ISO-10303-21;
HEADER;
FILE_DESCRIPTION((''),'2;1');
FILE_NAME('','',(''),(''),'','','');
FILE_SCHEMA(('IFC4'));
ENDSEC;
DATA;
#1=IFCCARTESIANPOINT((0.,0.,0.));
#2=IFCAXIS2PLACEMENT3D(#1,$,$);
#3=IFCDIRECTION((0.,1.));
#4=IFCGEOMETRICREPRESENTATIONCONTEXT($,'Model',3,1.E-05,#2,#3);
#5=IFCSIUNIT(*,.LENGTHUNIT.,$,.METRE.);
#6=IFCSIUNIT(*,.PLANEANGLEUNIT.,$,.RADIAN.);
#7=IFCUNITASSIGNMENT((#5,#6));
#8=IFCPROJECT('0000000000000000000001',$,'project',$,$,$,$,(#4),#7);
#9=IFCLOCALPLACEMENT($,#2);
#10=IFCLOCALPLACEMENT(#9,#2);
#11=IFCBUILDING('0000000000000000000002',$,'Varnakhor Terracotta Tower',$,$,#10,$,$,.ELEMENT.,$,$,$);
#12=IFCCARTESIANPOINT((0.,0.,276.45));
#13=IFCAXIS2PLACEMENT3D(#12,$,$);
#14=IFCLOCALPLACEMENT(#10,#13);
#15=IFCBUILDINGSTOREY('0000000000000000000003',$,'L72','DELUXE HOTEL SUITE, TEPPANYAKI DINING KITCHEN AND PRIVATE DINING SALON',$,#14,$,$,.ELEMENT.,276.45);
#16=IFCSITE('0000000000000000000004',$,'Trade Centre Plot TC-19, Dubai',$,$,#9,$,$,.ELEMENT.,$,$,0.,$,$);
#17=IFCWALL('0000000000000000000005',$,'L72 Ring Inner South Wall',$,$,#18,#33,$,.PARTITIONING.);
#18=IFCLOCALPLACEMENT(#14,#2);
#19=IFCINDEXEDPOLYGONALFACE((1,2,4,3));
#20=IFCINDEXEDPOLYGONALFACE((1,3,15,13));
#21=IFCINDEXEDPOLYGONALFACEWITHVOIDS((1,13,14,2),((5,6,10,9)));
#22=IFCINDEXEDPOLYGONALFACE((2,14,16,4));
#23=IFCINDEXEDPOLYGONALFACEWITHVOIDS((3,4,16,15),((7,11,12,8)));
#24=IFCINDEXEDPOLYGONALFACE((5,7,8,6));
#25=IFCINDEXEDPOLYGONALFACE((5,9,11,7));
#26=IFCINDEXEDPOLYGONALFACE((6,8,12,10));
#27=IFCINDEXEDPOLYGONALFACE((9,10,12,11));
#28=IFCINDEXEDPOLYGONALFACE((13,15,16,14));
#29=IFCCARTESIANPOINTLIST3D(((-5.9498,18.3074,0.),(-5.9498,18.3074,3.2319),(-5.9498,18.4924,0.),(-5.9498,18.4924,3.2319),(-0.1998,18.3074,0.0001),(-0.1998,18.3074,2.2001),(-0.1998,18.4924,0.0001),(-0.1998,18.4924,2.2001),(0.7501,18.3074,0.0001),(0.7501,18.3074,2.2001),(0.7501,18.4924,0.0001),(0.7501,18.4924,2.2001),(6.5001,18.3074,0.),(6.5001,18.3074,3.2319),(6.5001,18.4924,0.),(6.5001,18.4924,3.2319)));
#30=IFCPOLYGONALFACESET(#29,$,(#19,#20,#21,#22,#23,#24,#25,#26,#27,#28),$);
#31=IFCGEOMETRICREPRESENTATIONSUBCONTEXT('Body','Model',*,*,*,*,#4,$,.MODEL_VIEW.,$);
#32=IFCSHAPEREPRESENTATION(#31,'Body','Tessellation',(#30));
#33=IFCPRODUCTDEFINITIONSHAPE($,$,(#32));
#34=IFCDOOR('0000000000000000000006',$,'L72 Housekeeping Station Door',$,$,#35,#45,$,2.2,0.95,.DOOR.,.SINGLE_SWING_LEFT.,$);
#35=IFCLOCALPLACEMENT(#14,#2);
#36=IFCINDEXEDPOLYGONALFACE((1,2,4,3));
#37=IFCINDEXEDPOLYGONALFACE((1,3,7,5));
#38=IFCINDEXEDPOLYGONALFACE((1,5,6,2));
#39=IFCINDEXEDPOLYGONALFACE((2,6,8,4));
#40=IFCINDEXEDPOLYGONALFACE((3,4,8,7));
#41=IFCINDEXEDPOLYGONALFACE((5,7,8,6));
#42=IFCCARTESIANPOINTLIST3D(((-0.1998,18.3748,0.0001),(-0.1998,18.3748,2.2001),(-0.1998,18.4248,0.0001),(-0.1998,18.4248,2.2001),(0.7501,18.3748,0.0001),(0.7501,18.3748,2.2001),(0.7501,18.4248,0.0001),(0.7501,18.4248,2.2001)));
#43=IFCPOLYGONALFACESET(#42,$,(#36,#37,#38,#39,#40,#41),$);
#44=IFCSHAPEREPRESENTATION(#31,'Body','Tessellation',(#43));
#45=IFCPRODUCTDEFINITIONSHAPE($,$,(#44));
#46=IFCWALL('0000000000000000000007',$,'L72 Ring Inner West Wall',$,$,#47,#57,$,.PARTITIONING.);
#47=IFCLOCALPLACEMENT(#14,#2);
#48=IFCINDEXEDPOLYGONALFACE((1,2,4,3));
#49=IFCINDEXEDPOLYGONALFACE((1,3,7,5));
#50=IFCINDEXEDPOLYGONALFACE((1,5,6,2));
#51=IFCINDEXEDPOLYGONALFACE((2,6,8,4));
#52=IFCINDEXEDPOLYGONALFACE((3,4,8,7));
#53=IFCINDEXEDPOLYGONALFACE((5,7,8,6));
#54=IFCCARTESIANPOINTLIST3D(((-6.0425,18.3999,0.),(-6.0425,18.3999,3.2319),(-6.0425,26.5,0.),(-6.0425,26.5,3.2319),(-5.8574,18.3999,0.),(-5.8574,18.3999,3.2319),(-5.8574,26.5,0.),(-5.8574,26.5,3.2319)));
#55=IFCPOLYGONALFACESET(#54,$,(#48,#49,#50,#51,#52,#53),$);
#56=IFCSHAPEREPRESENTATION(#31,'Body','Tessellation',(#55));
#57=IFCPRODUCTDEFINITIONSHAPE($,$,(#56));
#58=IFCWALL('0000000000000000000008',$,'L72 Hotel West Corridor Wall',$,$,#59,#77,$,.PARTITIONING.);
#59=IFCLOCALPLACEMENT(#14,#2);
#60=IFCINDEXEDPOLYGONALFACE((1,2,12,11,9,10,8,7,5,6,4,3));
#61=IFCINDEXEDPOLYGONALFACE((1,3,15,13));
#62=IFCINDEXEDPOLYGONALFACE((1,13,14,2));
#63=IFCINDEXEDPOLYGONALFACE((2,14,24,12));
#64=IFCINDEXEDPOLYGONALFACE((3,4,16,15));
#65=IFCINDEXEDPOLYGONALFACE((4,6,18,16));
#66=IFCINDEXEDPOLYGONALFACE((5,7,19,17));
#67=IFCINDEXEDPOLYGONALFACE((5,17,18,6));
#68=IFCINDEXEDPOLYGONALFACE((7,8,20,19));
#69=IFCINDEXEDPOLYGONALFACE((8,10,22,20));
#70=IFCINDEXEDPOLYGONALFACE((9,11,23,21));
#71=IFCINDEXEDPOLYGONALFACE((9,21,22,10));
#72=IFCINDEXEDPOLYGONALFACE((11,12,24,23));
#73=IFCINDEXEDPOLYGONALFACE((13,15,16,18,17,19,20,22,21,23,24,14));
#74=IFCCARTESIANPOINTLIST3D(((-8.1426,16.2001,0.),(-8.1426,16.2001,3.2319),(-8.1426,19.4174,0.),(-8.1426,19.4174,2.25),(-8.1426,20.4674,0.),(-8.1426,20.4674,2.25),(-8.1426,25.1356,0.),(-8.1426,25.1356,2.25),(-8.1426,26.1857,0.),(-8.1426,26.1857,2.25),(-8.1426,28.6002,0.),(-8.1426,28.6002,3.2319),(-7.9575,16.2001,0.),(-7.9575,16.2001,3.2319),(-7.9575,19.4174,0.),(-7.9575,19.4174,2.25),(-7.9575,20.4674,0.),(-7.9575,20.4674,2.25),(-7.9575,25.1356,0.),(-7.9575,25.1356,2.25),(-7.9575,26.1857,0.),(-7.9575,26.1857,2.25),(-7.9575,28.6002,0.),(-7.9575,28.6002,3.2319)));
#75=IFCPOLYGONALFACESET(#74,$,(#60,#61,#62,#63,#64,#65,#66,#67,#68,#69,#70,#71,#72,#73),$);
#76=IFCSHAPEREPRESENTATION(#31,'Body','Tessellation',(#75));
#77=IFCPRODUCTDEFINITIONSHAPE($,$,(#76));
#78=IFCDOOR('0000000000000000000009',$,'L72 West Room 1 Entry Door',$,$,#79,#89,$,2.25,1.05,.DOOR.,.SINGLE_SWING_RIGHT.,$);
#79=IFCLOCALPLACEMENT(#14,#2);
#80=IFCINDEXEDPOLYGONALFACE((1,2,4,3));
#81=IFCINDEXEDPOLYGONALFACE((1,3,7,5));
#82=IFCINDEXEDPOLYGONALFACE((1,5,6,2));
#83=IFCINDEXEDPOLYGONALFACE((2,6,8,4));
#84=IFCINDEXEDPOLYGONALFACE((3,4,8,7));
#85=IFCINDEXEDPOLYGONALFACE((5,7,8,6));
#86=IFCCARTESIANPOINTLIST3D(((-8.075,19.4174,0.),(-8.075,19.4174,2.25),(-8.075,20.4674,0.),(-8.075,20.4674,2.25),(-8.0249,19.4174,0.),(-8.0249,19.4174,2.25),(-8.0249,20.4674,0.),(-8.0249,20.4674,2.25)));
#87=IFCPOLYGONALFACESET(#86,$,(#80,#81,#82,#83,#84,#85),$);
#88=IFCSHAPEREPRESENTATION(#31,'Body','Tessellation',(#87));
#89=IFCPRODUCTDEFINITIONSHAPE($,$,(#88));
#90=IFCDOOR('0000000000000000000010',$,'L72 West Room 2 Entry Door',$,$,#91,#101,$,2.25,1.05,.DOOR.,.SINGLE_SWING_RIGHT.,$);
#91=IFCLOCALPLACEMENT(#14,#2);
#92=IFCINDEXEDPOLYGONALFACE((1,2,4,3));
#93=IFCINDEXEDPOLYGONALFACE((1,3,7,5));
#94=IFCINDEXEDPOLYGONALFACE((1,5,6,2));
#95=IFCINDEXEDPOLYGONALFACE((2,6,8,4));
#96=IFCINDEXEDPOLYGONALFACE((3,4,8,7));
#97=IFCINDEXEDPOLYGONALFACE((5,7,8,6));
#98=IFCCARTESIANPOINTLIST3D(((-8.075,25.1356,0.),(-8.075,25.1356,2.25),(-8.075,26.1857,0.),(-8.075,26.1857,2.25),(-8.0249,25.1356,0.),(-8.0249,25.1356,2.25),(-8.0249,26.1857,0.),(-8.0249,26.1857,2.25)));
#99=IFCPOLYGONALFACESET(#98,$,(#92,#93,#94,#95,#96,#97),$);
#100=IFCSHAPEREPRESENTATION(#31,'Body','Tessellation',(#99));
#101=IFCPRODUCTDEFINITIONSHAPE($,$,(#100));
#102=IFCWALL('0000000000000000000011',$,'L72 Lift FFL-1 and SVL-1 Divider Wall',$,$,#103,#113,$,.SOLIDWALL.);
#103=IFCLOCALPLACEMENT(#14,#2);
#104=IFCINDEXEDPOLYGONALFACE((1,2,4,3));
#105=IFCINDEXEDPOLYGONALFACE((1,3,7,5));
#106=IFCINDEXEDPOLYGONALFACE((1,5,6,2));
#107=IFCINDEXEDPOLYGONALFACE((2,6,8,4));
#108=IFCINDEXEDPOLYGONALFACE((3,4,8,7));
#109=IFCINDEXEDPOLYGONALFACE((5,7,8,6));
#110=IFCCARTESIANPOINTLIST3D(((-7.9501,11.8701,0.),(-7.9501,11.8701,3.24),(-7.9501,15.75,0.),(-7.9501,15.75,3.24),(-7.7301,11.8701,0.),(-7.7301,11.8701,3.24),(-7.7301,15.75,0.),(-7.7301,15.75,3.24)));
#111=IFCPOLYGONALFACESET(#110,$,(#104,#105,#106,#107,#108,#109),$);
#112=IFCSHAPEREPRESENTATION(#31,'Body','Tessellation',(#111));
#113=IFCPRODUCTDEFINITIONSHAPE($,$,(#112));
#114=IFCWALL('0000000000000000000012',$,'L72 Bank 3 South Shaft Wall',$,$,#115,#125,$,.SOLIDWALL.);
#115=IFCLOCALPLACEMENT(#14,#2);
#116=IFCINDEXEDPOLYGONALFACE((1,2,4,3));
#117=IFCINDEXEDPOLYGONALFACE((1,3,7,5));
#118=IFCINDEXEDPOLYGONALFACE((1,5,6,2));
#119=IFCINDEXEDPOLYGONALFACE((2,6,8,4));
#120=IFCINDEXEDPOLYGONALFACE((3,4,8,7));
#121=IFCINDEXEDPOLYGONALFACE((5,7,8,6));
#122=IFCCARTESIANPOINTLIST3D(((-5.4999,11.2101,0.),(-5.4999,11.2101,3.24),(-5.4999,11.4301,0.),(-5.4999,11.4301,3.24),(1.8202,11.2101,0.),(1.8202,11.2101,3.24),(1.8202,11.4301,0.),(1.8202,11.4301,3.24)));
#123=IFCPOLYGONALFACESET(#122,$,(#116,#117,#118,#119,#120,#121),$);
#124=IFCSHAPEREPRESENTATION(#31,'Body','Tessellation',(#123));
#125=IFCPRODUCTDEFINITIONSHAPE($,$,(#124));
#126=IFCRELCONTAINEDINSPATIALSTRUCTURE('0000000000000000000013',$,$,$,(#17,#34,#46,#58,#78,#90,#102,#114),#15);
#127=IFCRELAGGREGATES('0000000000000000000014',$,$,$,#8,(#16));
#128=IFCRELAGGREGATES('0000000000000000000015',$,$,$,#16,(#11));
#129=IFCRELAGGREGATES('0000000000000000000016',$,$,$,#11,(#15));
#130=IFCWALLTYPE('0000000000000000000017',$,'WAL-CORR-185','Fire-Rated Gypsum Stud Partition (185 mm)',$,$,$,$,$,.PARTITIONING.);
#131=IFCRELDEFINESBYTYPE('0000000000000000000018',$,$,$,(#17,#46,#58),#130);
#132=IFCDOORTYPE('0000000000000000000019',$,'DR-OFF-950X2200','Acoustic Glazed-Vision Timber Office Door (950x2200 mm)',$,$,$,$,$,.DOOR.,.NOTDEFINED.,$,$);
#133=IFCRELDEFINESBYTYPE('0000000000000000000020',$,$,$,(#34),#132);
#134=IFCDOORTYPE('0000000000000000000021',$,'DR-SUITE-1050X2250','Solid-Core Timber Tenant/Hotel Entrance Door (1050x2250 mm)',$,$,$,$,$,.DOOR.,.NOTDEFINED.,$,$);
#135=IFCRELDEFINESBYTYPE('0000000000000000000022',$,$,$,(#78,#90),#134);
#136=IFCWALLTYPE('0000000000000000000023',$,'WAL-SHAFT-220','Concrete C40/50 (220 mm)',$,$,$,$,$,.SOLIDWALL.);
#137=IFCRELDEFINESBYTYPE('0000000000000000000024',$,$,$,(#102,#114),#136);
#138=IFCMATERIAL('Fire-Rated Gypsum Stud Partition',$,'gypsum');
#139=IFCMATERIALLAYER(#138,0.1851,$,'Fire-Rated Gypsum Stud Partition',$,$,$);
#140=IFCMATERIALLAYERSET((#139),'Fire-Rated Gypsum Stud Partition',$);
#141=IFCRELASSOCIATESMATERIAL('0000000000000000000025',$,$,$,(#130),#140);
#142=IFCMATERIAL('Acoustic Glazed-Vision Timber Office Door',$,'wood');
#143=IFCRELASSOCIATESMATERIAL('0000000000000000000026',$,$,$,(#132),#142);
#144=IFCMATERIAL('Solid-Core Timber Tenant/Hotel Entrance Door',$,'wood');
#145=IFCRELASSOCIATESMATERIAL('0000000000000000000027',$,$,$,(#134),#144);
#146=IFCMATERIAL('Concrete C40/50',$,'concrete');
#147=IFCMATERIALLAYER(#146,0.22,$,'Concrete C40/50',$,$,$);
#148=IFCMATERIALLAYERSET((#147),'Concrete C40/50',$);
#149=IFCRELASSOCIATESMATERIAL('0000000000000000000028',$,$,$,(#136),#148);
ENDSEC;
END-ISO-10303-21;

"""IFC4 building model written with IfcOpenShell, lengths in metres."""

from ifc_helpers import new_model, si_unit, direction, frame, frame_2d, origin, place, context, subcontext, project, spatial, rectangle, extrude, source, transform, mapped, material, layer, layer_set, type_object, type_shapes, element, fill, save


model = new_model("IFC4")

# Units and contexts
model_context = context("Model", 3, precision=1e-05, world=origin(), true_north=direction((0.0, 1.0)))
body_context = subcontext(model_context, "Body", "Model", "MODEL_VIEW")
ifc_project = project(units=[si_unit("LENGTHUNIT", "METRE"), si_unit("PLANEANGLEUNIT", "RADIAN")], contexts=[model_context])

# Site, building, storey
site_placement = place(None, origin())
site = spatial("IfcSite", under=ifc_project, at=site_placement, Name="Trade Centre Plot TC-19, Dubai", CompositionType="ELEMENT", RefElevation=0.0)
building_placement = place(site_placement, origin())
building = spatial("IfcBuilding", under=site, at=building_placement, Name="Varnakhor Terracotta Tower", CompositionType="ELEMENT")
storey_placement = place(building_placement, frame((0.0, 0.0, 276.45)))
storey = spatial("IfcBuildingStorey", under=building, at=storey_placement, Name="L72", Description="DELUXE HOTEL SUITE, TEPPANYAKI DINING KITCHEN AND PRIVATE DINING SALON", CompositionType="ELEMENT", Elevation=276.45)

# Wall, opening, door
ifc_material_1 = material(Name="Fire-Rated Gypsum Stud Partition", Category="gypsum")
ifc_layer_1 = layer(ifc_material_1, 0.1851, Name="Fire-Rated Gypsum Stud Partition")
ifc_layer_set_1 = layer_set([ifc_layer_1], Name="Fire-Rated Gypsum Stud Partition")
wall_type_1 = type_object("IfcWallType", Name="WAL-CORR-185", Description="Fire-Rated Gypsum Stud Partition (185 mm)", PredefinedType="PARTITIONING", material=ifc_layer_set_1)
wall_1_placement = place(storey_placement, frame((-5.95, 18.3999, 0.0), z_axis=(0.0, 0.0, 1.0), x_axis=(1.0, 0.0, 0.0)))
wall_1 = element("IfcWall", 1, at=wall_1_placement, inside=storey, type_object=wall_type_1, Name="L72 Ring Inner South Wall", PredefinedType="PARTITIONING", context=body_context, shape_type="SweptSolid", body=[
    extrude(rectangle(XDim=12.45, YDim=0.1851, at=frame_2d((6.2251, 0.0))), origin(), (0.0, 0.0, 1.0), 3.2319),
])
opening_1_placement = place(wall_1_placement, frame((5.75, 0.0, 0.0)))
opening_1 = element("IfcOpeningElement", 2, at=opening_1_placement, cuts=wall_1, PredefinedType="OPENING", context=body_context, shape_type="SweptSolid", body=[
    extrude(rectangle(XDim=0.95, YDim=2.2, at=frame_2d((0.4751, 1.1001))), frame((0.0, 0.1025, 0.0), z_axis=(0.0, -1.0, 0.0), x_axis=(1.0, 0.0, 0.0)), (0.0, 0.0, 1.0), 0.2051),
])
ifc_material_2 = material(Name="Acoustic Glazed-Vision Timber Office Door", Category="wood")
door_type_1 = type_object("IfcDoorType", Name="DR-OFF-950X2200", Description="Acoustic Glazed-Vision Timber Office Door (950x2200 mm)", OperationType="NOTDEFINED", PredefinedType="DOOR", material=ifc_material_2)
shared_shape_1 = source(origin(), body_context, "Body", "SweptSolid", [
    extrude(rectangle(XDim=0.95, YDim=2.2, at=frame_2d((0.4751, 1.1001))), frame((0.0, 0.0249, 0.0), z_axis=(0.0, -1.0, 0.0), x_axis=(1.0, 0.0, 0.0)), (0.0, 0.0, 1.0), 0.05),
])
type_shapes(door_type_1, [shared_shape_1])
door_1_placement = place(opening_1_placement, origin())
door_1 = element("IfcDoor", 3, at=door_1_placement, inside=storey, type_object=door_type_1, Name="L72 Housekeeping Station Door", OperationType="SINGLE_SWING_LEFT", OverallHeight=2.2, OverallWidth=0.95, PredefinedType="DOOR", context=body_context, shape_type="MappedRepresentation", body=[
    mapped(shared_shape_1, transform((0.0, 0.0, 0.0), scale=1.0)),
])
fill(opening_1, door_1)

# Wall
wall_2_placement = place(storey_placement, frame((-5.95, 18.3999, 0.0), z_axis=(0.0, 0.0, 1.0), x_axis=(0.0, 1.0, 0.0)))
element("IfcWall", 4, at=wall_2_placement, inside=storey, type_object=wall_type_1, Name="L72 Ring Inner West Wall", PredefinedType="PARTITIONING", context=body_context, shape_type="SweptSolid", body=[
    extrude(rectangle(XDim=8.1001, YDim=0.1851, at=frame_2d((4.05, 0.0))), origin(), (0.0, 0.0, 1.0), 3.2319),
])

# Wall, openings, doors
wall_3_placement = place(storey_placement, frame((-8.05, 16.2, 0.0), z_axis=(0.0, 0.0, 1.0), x_axis=(0.0, 1.0, 0.0)))
wall_3 = element("IfcWall", 5, at=wall_3_placement, inside=storey, type_object=wall_type_1, Name="L72 Hotel West Corridor Wall", PredefinedType="PARTITIONING", context=body_context, shape_type="SweptSolid", body=[
    extrude(rectangle(XDim=12.4001, YDim=0.1851, at=frame_2d((6.2002, 0.0))), origin(), (0.0, 0.0, 1.0), 3.2319),
])
opening_2_placement = place(wall_3_placement, frame((3.2175, 0.0, 0.0)))
opening_2 = element("IfcOpeningElement", 6, at=opening_2_placement, cuts=wall_3, PredefinedType="OPENING", context=body_context, shape_type="SweptSolid", body=[
    extrude(rectangle(XDim=1.05, YDim=2.25, at=frame_2d((0.5249, 1.125))), frame((0.0, 0.1025, 0.0), z_axis=(0.0, -1.0, 0.0), x_axis=(1.0, 0.0, 0.0)), (0.0, 0.0, 1.0), 0.2051),
])
opening_3_placement = place(wall_3_placement, frame((8.9358, 0.0, 0.0)))
opening_3 = element("IfcOpeningElement", 7, at=opening_3_placement, cuts=wall_3, PredefinedType="OPENING", context=body_context, shape_type="SweptSolid", body=[
    extrude(rectangle(XDim=1.05, YDim=2.25, at=frame_2d((0.5249, 1.125))), frame((0.0, 0.1025, 0.0), z_axis=(0.0, -1.0, 0.0), x_axis=(1.0, 0.0, 0.0)), (0.0, 0.0, 1.0), 0.2051),
])
ifc_material_3 = material(Name="Solid-Core Timber Tenant/Hotel Entrance Door", Category="wood")
door_type_2 = type_object("IfcDoorType", Name="DR-SUITE-1050X2250", Description="Solid-Core Timber Tenant/Hotel Entrance Door (1050x2250 mm)", OperationType="NOTDEFINED", PredefinedType="DOOR", material=ifc_material_3)
shared_shape_2 = source(origin(), body_context, "Body", "SweptSolid", [
    extrude(rectangle(XDim=1.05, YDim=2.25, at=frame_2d((0.5249, 1.125))), frame((0.0, 0.0249, 0.0), z_axis=(0.0, -1.0, 0.0), x_axis=(1.0, 0.0, 0.0)), (0.0, 0.0, 1.0), 0.05),
])
type_shapes(door_type_2, [shared_shape_2])
door_2_placement = place(opening_2_placement, origin())
door_2 = element("IfcDoor", 8, at=door_2_placement, inside=storey, type_object=door_type_2, Name="L72 West Room 1 Entry Door", OperationType="SINGLE_SWING_RIGHT", OverallHeight=2.25, OverallWidth=1.05, PredefinedType="DOOR", context=body_context, shape_type="MappedRepresentation", body=[
    mapped(shared_shape_2, transform((0.0, 0.0, 0.0), scale=1.0)),
])
fill(opening_2, door_2)
door_3_placement = place(opening_3_placement, origin())
door_3 = element("IfcDoor", 9, at=door_3_placement, inside=storey, type_object=door_type_2, Name="L72 West Room 2 Entry Door", OperationType="SINGLE_SWING_RIGHT", OverallHeight=2.25, OverallWidth=1.05, PredefinedType="DOOR", context=body_context, shape_type="MappedRepresentation", body=[
    mapped(shared_shape_2, transform((0.0, 0.0, 0.0), scale=1.0)),
])
fill(opening_3, door_3)

# Walls
ifc_material_4 = material(Name="Concrete C40/50", Category="concrete")
ifc_layer_2 = layer(ifc_material_4, 0.22, Name="Concrete C40/50")
ifc_layer_set_2 = layer_set([ifc_layer_2], Name="Concrete C40/50")
wall_type_2 = type_object("IfcWallType", Name="WAL-SHAFT-220", Description="Concrete C40/50 (220 mm)", PredefinedType="SOLIDWALL", material=ifc_layer_set_2)
wall_4_placement = place(storey_placement, frame((-7.8401, 11.8701, 0.0), z_axis=(0.0, 0.0, 1.0), x_axis=(0.0, 1.0, 0.0)))
element("IfcWall", 10, at=wall_4_placement, inside=storey, type_object=wall_type_2, Name="L72 Lift FFL-1 and SVL-1 Divider Wall", PredefinedType="SOLIDWALL", context=body_context, shape_type="SweptSolid", body=[
    extrude(rectangle(XDim=3.8799, YDim=0.22, at=frame_2d((1.9399, 0.0))), origin(), (0.0, 0.0, 1.0), 3.24),
])
wall_5_placement = place(storey_placement, frame((-5.5, 11.3201, 0.0), z_axis=(0.0, 0.0, 1.0), x_axis=(1.0, 0.0, 0.0)))
element("IfcWall", 11, at=wall_5_placement, inside=storey, type_object=wall_type_2, Name="L72 Bank 3 South Shaft Wall", PredefinedType="SOLIDWALL", context=body_context, shape_type="SweptSolid", body=[
    extrude(rectangle(XDim=7.3201, YDim=0.22, at=frame_2d((3.6602, 0.0))), origin(), (0.0, 0.0, 1.0), 3.24),
])

save(model, "model.ifc")
